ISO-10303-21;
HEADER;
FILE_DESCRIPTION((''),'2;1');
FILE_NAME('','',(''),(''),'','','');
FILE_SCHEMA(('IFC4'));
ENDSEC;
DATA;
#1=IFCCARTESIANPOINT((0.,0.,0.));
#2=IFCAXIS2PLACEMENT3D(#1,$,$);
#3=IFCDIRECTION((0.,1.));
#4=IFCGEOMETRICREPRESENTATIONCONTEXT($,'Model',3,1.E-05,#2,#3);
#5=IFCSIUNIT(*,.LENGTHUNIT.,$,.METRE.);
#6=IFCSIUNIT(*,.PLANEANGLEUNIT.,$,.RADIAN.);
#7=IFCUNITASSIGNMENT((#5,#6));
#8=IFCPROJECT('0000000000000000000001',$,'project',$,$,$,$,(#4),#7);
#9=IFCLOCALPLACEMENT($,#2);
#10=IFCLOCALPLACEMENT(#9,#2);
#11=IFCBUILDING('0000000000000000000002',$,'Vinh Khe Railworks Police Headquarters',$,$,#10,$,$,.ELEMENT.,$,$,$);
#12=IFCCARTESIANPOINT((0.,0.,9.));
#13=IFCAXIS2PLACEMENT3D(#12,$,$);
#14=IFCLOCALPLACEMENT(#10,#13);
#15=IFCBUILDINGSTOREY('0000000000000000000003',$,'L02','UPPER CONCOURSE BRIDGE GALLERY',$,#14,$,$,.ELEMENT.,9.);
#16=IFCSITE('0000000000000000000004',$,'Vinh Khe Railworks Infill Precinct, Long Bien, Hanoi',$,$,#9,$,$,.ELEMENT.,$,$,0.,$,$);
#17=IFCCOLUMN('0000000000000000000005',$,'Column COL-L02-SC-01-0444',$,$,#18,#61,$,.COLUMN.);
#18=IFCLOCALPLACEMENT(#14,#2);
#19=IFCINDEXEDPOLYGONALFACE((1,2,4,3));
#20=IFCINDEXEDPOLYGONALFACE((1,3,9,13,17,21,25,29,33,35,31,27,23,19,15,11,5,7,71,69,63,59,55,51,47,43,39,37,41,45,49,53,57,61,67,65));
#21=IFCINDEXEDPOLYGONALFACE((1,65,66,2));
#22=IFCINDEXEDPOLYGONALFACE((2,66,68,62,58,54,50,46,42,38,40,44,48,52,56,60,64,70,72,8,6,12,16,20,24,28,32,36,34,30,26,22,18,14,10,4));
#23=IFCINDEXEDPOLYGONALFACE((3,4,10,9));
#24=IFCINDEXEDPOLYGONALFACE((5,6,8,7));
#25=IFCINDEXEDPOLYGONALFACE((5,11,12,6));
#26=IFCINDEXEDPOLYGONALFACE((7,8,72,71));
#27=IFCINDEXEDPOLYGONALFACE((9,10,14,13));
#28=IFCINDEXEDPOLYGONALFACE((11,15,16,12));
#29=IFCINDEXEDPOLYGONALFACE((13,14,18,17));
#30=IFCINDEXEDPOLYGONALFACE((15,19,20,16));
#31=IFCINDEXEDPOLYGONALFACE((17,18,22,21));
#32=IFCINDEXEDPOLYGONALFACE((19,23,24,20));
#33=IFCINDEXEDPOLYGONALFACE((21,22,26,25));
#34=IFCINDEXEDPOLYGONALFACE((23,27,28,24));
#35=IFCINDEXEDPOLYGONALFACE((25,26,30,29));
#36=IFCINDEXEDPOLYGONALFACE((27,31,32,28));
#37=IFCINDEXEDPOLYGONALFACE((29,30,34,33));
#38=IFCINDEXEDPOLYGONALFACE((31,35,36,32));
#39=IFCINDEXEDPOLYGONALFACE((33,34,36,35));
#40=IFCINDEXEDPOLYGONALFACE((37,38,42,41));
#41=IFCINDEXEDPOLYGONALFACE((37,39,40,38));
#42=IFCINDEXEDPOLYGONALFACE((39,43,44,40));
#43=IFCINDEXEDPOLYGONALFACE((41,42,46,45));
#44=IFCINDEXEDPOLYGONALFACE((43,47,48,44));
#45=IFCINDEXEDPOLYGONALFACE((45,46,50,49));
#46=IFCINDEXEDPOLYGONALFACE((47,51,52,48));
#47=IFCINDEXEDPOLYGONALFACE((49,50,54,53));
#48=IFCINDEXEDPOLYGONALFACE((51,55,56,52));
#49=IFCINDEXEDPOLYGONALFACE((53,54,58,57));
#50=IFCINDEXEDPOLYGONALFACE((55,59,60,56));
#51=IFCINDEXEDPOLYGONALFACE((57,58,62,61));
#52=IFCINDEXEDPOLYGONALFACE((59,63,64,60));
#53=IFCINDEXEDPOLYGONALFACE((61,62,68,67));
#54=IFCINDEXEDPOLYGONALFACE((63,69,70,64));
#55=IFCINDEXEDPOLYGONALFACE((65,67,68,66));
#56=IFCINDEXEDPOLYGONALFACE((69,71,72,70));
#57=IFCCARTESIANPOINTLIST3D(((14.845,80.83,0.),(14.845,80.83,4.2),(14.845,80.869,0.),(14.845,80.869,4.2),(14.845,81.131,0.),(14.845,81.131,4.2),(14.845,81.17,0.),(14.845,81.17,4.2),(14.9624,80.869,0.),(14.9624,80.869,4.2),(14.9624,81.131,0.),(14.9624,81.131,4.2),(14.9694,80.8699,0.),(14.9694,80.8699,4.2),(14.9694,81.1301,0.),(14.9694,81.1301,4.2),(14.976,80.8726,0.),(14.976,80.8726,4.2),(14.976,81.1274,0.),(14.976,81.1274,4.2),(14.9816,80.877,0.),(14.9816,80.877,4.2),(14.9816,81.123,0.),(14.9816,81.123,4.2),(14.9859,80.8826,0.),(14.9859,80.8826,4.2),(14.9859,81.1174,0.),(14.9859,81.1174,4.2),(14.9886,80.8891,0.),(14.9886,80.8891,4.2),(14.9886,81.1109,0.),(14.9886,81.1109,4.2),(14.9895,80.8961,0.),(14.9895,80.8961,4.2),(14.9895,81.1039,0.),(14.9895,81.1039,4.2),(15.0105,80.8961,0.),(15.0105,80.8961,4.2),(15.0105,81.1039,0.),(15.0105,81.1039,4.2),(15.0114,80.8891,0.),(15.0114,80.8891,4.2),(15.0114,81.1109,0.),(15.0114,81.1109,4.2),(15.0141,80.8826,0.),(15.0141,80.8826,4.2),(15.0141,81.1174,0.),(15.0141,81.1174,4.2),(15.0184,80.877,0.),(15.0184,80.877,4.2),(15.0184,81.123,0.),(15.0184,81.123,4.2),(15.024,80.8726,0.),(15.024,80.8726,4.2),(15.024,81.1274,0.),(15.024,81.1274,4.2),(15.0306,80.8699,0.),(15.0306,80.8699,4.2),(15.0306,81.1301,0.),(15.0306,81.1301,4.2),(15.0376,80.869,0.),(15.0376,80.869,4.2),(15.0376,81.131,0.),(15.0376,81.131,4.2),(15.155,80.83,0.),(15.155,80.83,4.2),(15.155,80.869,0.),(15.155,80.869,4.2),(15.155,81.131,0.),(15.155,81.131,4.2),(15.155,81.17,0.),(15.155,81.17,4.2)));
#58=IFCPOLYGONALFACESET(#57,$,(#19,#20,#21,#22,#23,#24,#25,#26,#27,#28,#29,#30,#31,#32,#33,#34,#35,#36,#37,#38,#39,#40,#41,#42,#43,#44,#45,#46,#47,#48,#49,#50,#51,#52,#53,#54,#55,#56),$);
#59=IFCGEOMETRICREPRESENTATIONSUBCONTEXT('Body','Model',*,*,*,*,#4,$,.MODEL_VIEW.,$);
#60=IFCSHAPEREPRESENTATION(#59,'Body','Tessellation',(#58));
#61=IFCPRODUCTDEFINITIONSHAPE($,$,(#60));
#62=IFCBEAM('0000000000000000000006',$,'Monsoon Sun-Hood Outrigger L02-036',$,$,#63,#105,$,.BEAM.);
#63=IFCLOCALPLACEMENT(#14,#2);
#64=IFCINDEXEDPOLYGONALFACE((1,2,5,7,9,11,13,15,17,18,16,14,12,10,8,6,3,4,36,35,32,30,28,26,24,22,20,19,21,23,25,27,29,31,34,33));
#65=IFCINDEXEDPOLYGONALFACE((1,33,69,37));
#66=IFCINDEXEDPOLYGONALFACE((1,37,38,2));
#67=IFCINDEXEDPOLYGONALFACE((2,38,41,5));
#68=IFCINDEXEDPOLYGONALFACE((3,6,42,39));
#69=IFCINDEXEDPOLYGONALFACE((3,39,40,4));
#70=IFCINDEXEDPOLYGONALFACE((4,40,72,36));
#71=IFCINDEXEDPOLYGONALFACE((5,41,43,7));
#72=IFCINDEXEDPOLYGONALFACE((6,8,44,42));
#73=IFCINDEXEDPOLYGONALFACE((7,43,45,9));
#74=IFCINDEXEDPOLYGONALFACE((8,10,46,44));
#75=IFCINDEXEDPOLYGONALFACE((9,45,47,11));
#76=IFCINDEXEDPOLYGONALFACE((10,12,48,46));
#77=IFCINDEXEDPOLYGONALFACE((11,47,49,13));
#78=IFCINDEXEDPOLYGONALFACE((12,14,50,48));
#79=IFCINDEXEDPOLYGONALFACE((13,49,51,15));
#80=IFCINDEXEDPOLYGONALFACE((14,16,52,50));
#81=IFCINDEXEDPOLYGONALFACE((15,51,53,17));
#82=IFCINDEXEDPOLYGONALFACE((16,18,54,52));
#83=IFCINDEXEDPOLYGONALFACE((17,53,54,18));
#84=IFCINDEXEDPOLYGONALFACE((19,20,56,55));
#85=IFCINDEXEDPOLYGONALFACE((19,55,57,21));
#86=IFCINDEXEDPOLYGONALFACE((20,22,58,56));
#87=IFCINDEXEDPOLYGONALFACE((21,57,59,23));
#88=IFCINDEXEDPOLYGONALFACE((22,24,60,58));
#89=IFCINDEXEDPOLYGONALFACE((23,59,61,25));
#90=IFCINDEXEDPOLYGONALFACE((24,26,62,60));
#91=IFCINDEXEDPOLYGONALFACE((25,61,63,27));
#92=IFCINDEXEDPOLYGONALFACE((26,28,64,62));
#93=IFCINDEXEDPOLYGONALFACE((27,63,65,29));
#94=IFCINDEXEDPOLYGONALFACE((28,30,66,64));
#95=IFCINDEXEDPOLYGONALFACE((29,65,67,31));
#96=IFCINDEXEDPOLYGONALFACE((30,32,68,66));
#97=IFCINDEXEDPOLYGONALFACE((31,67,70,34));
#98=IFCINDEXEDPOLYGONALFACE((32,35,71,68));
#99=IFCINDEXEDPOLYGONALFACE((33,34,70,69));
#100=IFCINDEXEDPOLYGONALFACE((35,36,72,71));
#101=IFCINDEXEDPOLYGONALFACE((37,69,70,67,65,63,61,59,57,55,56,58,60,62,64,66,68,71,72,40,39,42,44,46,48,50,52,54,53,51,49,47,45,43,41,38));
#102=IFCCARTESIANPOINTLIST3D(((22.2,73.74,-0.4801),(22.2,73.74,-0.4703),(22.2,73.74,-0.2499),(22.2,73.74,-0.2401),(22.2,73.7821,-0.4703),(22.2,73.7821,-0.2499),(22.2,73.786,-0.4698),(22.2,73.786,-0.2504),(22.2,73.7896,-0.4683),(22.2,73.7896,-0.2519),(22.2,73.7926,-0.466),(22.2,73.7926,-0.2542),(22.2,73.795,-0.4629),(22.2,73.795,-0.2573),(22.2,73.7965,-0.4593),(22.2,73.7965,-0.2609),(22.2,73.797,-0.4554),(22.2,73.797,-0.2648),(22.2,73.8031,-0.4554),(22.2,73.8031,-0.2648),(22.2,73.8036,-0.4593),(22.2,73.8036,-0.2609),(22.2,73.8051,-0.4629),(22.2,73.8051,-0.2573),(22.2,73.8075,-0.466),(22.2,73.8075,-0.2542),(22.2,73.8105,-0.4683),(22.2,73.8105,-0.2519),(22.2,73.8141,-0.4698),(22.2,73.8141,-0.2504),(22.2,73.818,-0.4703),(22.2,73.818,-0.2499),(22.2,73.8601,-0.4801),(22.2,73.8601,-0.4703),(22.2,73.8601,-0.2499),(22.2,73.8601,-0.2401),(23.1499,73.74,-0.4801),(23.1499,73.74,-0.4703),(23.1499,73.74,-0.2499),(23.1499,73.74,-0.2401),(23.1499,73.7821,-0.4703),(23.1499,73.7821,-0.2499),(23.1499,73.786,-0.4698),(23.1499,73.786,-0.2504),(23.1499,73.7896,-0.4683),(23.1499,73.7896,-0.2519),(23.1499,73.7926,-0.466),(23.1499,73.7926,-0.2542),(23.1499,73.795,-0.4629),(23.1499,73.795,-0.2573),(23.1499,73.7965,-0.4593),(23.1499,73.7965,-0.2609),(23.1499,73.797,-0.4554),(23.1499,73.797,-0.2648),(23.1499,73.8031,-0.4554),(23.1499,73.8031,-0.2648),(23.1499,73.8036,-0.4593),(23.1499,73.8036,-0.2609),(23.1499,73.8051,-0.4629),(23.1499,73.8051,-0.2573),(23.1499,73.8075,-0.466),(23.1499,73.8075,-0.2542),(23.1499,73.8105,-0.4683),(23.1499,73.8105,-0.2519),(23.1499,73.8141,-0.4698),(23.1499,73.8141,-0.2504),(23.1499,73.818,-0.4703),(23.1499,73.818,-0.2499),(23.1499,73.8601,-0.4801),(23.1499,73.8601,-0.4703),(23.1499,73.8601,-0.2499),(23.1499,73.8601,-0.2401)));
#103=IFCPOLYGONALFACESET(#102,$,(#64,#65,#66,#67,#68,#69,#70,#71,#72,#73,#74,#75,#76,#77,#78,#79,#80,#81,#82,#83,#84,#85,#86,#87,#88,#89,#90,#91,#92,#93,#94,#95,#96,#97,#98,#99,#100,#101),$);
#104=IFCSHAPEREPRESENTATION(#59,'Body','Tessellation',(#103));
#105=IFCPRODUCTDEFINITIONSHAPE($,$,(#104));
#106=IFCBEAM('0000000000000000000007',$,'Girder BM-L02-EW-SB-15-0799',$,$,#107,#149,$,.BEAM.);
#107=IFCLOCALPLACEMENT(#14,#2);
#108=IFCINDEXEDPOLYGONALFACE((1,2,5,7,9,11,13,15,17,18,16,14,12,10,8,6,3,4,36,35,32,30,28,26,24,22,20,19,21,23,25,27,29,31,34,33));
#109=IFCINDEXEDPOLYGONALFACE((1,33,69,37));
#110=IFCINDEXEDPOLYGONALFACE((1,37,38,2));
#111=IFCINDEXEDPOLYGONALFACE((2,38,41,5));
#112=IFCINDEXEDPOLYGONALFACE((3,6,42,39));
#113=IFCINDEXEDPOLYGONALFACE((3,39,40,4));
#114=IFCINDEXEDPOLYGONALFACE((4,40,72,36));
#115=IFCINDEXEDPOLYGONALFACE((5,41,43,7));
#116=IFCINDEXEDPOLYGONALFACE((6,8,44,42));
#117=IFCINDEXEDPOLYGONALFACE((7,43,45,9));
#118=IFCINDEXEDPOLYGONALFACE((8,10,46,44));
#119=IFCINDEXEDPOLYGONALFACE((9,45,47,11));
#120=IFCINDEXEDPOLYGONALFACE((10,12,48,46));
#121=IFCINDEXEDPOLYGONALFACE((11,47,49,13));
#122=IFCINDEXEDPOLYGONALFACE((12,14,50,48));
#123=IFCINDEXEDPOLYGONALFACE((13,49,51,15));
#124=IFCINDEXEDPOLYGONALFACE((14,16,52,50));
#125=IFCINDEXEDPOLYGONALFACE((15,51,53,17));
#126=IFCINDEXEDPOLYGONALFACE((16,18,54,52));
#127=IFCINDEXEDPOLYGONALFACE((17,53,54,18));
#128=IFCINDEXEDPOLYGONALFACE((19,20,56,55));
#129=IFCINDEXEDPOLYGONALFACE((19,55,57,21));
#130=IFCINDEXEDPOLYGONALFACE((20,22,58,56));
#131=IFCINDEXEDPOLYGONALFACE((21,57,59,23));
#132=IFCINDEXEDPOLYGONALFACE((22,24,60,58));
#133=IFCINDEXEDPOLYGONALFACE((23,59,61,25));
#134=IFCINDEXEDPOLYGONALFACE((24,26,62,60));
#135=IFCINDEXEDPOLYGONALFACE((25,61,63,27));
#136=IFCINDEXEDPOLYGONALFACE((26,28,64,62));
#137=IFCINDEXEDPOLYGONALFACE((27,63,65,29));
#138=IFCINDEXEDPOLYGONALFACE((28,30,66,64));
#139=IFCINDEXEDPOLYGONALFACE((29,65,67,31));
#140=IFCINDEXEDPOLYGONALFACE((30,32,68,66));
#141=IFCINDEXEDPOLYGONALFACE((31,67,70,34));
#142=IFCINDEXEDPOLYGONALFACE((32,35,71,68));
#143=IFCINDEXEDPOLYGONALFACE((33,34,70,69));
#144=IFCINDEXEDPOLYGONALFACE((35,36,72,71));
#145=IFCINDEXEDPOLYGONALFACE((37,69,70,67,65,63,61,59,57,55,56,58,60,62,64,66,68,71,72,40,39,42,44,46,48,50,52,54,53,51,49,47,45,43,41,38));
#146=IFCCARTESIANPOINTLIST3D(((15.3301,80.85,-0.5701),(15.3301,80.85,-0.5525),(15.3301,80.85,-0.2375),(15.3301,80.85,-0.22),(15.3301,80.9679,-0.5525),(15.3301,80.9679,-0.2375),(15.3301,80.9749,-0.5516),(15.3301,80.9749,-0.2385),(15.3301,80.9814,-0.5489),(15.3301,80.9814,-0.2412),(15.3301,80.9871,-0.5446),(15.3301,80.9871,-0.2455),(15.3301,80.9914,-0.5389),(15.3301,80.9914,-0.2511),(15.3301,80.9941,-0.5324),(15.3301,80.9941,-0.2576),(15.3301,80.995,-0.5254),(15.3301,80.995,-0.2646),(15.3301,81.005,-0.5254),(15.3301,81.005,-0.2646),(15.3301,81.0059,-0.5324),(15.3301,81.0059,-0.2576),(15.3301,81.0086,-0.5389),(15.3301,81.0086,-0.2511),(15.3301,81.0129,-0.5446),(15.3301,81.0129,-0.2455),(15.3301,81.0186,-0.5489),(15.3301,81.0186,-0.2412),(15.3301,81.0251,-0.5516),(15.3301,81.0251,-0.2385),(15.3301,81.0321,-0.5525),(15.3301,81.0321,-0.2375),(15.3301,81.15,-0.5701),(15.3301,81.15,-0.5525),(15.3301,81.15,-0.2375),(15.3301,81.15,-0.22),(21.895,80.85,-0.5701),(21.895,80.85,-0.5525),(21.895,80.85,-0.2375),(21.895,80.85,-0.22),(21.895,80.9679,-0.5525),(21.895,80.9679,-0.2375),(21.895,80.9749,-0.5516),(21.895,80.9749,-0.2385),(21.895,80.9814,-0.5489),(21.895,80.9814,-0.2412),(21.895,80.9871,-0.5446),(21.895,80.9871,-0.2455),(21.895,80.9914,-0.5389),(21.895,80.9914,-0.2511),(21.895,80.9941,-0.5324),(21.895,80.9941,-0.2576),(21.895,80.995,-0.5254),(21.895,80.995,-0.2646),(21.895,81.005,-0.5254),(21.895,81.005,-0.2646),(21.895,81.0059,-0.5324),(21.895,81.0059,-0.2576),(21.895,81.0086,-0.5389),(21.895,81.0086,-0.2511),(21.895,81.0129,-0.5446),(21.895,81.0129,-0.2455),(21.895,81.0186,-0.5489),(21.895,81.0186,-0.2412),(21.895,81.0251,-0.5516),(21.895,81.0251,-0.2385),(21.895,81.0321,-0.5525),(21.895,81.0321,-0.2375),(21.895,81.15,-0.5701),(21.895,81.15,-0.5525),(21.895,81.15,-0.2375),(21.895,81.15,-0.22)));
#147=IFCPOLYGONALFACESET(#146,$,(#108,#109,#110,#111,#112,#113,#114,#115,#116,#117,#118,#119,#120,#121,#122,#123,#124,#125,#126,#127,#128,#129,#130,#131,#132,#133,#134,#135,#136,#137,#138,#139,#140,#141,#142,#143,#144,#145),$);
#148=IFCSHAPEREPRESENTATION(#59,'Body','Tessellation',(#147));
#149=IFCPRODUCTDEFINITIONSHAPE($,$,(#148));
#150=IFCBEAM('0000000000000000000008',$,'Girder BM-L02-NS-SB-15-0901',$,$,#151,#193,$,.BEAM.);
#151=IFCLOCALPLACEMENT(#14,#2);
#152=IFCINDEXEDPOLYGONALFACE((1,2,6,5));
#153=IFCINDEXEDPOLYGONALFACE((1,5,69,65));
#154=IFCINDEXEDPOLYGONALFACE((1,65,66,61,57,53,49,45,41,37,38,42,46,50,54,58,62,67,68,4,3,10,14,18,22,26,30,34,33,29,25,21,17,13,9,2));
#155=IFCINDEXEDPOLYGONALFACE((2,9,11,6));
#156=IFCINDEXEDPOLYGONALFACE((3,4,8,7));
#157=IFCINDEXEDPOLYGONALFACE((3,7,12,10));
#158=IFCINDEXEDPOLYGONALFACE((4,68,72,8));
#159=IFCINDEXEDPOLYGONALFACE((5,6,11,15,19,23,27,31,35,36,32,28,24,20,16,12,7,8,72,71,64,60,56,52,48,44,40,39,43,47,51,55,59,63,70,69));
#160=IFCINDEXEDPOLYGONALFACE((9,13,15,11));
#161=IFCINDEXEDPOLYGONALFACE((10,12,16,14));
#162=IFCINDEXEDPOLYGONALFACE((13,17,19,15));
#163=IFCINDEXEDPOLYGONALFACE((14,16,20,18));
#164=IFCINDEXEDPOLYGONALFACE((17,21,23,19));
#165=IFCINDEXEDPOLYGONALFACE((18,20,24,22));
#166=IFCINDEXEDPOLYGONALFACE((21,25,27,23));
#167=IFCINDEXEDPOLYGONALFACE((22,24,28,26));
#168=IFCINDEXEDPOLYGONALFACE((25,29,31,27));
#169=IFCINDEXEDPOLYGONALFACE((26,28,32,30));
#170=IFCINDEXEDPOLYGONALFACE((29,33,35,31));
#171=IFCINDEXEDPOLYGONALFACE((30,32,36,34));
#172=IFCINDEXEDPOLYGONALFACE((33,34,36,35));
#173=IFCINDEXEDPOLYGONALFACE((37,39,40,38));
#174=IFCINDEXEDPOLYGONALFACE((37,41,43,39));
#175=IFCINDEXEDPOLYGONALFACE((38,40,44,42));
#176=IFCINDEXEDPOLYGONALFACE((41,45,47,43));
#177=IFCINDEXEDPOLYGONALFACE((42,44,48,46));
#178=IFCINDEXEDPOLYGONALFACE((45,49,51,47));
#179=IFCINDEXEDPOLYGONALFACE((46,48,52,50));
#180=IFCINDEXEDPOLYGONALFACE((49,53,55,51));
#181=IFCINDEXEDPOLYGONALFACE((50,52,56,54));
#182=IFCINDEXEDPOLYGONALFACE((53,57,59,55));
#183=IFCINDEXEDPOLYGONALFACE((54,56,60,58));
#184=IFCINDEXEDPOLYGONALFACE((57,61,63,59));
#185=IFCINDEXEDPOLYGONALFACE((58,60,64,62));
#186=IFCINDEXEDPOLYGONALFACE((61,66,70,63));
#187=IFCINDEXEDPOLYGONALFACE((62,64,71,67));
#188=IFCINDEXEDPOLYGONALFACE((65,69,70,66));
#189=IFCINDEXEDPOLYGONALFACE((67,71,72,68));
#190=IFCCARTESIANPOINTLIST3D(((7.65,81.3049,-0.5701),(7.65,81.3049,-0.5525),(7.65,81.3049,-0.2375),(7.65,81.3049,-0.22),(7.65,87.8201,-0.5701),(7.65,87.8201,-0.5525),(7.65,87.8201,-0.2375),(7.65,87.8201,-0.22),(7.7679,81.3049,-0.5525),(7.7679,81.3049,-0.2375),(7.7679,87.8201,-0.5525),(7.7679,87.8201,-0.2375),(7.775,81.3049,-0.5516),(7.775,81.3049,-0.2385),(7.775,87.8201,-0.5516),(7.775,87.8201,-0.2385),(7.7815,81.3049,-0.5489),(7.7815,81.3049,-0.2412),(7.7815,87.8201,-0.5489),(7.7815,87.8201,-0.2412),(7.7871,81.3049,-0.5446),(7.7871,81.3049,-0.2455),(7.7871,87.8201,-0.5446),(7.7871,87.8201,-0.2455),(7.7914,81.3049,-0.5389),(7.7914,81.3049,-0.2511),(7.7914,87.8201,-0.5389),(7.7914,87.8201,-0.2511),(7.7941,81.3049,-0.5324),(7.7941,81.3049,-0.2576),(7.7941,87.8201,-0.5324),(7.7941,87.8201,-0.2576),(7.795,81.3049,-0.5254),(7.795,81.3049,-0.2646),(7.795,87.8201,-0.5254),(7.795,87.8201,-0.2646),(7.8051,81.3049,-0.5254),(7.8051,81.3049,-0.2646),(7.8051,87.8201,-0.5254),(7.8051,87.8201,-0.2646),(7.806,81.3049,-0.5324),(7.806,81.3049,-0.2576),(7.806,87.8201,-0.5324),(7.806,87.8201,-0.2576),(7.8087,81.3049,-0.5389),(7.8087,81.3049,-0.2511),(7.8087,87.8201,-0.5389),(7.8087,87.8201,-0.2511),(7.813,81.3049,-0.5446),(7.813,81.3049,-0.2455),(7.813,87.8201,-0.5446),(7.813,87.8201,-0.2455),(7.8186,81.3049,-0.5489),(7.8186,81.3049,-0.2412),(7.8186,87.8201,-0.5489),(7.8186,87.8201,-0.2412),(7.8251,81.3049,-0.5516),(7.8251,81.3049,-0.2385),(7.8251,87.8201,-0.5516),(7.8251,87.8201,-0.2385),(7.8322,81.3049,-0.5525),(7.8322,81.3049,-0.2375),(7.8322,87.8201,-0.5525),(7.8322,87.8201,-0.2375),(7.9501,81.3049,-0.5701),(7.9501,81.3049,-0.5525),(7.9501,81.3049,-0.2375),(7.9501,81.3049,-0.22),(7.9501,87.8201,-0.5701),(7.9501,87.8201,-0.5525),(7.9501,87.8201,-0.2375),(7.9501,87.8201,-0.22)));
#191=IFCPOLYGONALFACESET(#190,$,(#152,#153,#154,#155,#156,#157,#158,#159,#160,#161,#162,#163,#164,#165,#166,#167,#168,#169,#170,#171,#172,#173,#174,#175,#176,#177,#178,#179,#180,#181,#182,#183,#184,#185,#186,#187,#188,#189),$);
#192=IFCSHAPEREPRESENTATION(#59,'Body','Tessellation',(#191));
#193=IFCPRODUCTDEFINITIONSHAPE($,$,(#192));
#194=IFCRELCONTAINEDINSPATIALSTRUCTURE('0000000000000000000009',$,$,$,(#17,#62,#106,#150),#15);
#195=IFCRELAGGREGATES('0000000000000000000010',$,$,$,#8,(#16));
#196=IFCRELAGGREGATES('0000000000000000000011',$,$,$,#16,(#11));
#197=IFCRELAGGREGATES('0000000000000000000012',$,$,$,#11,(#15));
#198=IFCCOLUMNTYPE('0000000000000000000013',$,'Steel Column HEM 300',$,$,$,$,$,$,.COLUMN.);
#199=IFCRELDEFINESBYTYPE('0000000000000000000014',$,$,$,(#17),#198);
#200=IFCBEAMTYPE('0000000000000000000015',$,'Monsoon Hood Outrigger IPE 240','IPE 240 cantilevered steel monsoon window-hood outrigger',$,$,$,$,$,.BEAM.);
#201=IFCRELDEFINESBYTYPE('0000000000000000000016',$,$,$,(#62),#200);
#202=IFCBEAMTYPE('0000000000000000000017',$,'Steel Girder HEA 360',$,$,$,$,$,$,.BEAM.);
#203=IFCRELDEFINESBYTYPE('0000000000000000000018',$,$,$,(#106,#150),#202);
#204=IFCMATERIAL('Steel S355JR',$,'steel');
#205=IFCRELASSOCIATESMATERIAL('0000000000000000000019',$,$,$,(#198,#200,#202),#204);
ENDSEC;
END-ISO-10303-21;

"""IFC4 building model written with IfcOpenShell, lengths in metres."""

from ifc_helpers import new_model, si_unit, direction, frame, origin, origin_2d, place, context, subcontext, project, spatial, i_section, extrude, material, material_profile, profile_set, type_object, element, save


model = new_model("IFC4")

# Units and contexts
model_context = context("Model", 3, precision=1e-05, world=origin(), true_north=direction((0.0, 1.0)))
body_context = subcontext(model_context, "Body", "Model", "MODEL_VIEW")
ifc_project = project(units=[si_unit("LENGTHUNIT", "METRE"), si_unit("PLANEANGLEUNIT", "RADIAN")], contexts=[model_context])

# Site, building, storey
site_placement = place(None, origin())
site = spatial("IfcSite", under=ifc_project, at=site_placement, Name="Vinh Khe Railworks Infill Precinct, Long Bien, Hanoi", CompositionType="ELEMENT", RefElevation=0.0)
building_placement = place(site_placement, origin())
building = spatial("IfcBuilding", under=site, at=building_placement, Name="Vinh Khe Railworks Police Headquarters", CompositionType="ELEMENT")
storey_placement = place(building_placement, frame((0.0, 0.0, 9.0)))
storey = spatial("IfcBuildingStorey", under=building, at=storey_placement, Name="L02", Description="UPPER CONCOURSE BRIDGE GALLERY", CompositionType="ELEMENT", Elevation=9.0)

# Column
ifc_material_1 = material(Name="Steel S355JR", Category="steel")
ifc_material_profile_1 = material_profile(ifc_material_1, i_section(OverallWidth=0.3101, OverallDepth=0.3401, WebThickness=0.021, FlangeThickness=0.0391, FilletRadius=0.0271, at=origin_2d()), Name="HEM 300")
ifc_profile_set_1 = profile_set([ifc_material_profile_1], Name="Steel S355JR")
column_type_1 = type_object("IfcColumnType", Name="Steel Column HEM 300", PredefinedType="COLUMN", material=ifc_profile_set_1)
column_1_placement = place(storey_placement, frame((15.0, 81.0, 0.0), z_axis=(0.0, 0.0, 1.0), x_axis=(1.0, 0.0, 0.0)))
element("IfcColumn", 1, at=column_1_placement, inside=storey, type_object=column_type_1, Name="Column COL-L02-SC-01-0444", PredefinedType="COLUMN", context=body_context, shape_type="SweptSolid", body=[
    extrude(i_section(OverallWidth=0.3101, OverallDepth=0.3401, WebThickness=0.021, FlangeThickness=0.0391, FilletRadius=0.0271, at=origin_2d()), origin(), (0.0, 0.0, 1.0), 4.2),
])

# Beams
ifc_material_profile_2 = material_profile(ifc_material_1, i_section(OverallWidth=0.1201, OverallDepth=0.24, WebThickness=0.0061, FlangeThickness=0.0098, FilletRadius=0.0149, at=origin_2d()), Name="IPE 240")
ifc_profile_set_2 = profile_set([ifc_material_profile_2], Name="Steel S355JR")
beam_type_1 = type_object("IfcBeamType", Name="Monsoon Hood Outrigger IPE 240", Description="IPE 240 cantilevered steel monsoon window-hood outrigger", PredefinedType="BEAM", material=ifc_profile_set_2)
beam_1_placement = place(storey_placement, frame((22.2, 73.8, -0.3601), z_axis=(1.0, 0.0, 0.0), x_axis=(0.0, 1.0, 0.0)))
element("IfcBeam", 2, at=beam_1_placement, inside=storey, type_object=beam_type_1, Name="Monsoon Sun-Hood Outrigger L02-036", PredefinedType="BEAM", context=body_context, shape_type="SweptSolid", body=[
    extrude(i_section(OverallWidth=0.1201, OverallDepth=0.24, WebThickness=0.0061, FlangeThickness=0.0098, FilletRadius=0.0149, at=origin_2d()), origin(), (0.0, 0.0, 1.0), 0.95),
])
ifc_material_profile_3 = material_profile(ifc_material_1, i_section(OverallWidth=0.3, OverallDepth=0.3501, WebThickness=0.01, FlangeThickness=0.0176, FilletRadius=0.0271, at=origin_2d()), Name="HEA 360")
ifc_profile_set_3 = profile_set([ifc_material_profile_3], Name="Steel S355JR")
beam_type_2 = type_object("IfcBeamType", Name="Steel Girder HEA 360", PredefinedType="BEAM", material=ifc_profile_set_3)
beam_2_placement = place(storey_placement, frame((15.3301, 81.0, -0.395), z_axis=(1.0, 0.0, 0.0), x_axis=(0.0, 1.0, 0.0)))
element("IfcBeam", 3, at=beam_2_placement, inside=storey, type_object=beam_type_2, Name="Girder BM-L02-EW-SB-15-0799", PredefinedType="BEAM", context=body_context, shape_type="SweptSolid", body=[
    extrude(i_section(OverallWidth=0.3, OverallDepth=0.3501, WebThickness=0.01, FlangeThickness=0.0176, FilletRadius=0.0271, at=origin_2d()), origin(), (0.0, 0.0, 1.0), 6.5649),
])
beam_3_placement = place(storey_placement, frame((7.8, 81.3049, -0.395), z_axis=(0.0, 1.0, 0.0), x_axis=(-1.0, 0.0, 0.0)))
element("IfcBeam", 4, at=beam_3_placement, inside=storey, type_object=beam_type_2, Name="Girder BM-L02-NS-SB-15-0901", PredefinedType="BEAM", context=body_context, shape_type="SweptSolid", body=[
    extrude(i_section(OverallWidth=0.3, OverallDepth=0.3501, WebThickness=0.01, FlangeThickness=0.0176, FilletRadius=0.0271, at=origin_2d()), origin(), (0.0, 0.0, 1.0), 6.5151),
])

save(model, "model.ifc")
